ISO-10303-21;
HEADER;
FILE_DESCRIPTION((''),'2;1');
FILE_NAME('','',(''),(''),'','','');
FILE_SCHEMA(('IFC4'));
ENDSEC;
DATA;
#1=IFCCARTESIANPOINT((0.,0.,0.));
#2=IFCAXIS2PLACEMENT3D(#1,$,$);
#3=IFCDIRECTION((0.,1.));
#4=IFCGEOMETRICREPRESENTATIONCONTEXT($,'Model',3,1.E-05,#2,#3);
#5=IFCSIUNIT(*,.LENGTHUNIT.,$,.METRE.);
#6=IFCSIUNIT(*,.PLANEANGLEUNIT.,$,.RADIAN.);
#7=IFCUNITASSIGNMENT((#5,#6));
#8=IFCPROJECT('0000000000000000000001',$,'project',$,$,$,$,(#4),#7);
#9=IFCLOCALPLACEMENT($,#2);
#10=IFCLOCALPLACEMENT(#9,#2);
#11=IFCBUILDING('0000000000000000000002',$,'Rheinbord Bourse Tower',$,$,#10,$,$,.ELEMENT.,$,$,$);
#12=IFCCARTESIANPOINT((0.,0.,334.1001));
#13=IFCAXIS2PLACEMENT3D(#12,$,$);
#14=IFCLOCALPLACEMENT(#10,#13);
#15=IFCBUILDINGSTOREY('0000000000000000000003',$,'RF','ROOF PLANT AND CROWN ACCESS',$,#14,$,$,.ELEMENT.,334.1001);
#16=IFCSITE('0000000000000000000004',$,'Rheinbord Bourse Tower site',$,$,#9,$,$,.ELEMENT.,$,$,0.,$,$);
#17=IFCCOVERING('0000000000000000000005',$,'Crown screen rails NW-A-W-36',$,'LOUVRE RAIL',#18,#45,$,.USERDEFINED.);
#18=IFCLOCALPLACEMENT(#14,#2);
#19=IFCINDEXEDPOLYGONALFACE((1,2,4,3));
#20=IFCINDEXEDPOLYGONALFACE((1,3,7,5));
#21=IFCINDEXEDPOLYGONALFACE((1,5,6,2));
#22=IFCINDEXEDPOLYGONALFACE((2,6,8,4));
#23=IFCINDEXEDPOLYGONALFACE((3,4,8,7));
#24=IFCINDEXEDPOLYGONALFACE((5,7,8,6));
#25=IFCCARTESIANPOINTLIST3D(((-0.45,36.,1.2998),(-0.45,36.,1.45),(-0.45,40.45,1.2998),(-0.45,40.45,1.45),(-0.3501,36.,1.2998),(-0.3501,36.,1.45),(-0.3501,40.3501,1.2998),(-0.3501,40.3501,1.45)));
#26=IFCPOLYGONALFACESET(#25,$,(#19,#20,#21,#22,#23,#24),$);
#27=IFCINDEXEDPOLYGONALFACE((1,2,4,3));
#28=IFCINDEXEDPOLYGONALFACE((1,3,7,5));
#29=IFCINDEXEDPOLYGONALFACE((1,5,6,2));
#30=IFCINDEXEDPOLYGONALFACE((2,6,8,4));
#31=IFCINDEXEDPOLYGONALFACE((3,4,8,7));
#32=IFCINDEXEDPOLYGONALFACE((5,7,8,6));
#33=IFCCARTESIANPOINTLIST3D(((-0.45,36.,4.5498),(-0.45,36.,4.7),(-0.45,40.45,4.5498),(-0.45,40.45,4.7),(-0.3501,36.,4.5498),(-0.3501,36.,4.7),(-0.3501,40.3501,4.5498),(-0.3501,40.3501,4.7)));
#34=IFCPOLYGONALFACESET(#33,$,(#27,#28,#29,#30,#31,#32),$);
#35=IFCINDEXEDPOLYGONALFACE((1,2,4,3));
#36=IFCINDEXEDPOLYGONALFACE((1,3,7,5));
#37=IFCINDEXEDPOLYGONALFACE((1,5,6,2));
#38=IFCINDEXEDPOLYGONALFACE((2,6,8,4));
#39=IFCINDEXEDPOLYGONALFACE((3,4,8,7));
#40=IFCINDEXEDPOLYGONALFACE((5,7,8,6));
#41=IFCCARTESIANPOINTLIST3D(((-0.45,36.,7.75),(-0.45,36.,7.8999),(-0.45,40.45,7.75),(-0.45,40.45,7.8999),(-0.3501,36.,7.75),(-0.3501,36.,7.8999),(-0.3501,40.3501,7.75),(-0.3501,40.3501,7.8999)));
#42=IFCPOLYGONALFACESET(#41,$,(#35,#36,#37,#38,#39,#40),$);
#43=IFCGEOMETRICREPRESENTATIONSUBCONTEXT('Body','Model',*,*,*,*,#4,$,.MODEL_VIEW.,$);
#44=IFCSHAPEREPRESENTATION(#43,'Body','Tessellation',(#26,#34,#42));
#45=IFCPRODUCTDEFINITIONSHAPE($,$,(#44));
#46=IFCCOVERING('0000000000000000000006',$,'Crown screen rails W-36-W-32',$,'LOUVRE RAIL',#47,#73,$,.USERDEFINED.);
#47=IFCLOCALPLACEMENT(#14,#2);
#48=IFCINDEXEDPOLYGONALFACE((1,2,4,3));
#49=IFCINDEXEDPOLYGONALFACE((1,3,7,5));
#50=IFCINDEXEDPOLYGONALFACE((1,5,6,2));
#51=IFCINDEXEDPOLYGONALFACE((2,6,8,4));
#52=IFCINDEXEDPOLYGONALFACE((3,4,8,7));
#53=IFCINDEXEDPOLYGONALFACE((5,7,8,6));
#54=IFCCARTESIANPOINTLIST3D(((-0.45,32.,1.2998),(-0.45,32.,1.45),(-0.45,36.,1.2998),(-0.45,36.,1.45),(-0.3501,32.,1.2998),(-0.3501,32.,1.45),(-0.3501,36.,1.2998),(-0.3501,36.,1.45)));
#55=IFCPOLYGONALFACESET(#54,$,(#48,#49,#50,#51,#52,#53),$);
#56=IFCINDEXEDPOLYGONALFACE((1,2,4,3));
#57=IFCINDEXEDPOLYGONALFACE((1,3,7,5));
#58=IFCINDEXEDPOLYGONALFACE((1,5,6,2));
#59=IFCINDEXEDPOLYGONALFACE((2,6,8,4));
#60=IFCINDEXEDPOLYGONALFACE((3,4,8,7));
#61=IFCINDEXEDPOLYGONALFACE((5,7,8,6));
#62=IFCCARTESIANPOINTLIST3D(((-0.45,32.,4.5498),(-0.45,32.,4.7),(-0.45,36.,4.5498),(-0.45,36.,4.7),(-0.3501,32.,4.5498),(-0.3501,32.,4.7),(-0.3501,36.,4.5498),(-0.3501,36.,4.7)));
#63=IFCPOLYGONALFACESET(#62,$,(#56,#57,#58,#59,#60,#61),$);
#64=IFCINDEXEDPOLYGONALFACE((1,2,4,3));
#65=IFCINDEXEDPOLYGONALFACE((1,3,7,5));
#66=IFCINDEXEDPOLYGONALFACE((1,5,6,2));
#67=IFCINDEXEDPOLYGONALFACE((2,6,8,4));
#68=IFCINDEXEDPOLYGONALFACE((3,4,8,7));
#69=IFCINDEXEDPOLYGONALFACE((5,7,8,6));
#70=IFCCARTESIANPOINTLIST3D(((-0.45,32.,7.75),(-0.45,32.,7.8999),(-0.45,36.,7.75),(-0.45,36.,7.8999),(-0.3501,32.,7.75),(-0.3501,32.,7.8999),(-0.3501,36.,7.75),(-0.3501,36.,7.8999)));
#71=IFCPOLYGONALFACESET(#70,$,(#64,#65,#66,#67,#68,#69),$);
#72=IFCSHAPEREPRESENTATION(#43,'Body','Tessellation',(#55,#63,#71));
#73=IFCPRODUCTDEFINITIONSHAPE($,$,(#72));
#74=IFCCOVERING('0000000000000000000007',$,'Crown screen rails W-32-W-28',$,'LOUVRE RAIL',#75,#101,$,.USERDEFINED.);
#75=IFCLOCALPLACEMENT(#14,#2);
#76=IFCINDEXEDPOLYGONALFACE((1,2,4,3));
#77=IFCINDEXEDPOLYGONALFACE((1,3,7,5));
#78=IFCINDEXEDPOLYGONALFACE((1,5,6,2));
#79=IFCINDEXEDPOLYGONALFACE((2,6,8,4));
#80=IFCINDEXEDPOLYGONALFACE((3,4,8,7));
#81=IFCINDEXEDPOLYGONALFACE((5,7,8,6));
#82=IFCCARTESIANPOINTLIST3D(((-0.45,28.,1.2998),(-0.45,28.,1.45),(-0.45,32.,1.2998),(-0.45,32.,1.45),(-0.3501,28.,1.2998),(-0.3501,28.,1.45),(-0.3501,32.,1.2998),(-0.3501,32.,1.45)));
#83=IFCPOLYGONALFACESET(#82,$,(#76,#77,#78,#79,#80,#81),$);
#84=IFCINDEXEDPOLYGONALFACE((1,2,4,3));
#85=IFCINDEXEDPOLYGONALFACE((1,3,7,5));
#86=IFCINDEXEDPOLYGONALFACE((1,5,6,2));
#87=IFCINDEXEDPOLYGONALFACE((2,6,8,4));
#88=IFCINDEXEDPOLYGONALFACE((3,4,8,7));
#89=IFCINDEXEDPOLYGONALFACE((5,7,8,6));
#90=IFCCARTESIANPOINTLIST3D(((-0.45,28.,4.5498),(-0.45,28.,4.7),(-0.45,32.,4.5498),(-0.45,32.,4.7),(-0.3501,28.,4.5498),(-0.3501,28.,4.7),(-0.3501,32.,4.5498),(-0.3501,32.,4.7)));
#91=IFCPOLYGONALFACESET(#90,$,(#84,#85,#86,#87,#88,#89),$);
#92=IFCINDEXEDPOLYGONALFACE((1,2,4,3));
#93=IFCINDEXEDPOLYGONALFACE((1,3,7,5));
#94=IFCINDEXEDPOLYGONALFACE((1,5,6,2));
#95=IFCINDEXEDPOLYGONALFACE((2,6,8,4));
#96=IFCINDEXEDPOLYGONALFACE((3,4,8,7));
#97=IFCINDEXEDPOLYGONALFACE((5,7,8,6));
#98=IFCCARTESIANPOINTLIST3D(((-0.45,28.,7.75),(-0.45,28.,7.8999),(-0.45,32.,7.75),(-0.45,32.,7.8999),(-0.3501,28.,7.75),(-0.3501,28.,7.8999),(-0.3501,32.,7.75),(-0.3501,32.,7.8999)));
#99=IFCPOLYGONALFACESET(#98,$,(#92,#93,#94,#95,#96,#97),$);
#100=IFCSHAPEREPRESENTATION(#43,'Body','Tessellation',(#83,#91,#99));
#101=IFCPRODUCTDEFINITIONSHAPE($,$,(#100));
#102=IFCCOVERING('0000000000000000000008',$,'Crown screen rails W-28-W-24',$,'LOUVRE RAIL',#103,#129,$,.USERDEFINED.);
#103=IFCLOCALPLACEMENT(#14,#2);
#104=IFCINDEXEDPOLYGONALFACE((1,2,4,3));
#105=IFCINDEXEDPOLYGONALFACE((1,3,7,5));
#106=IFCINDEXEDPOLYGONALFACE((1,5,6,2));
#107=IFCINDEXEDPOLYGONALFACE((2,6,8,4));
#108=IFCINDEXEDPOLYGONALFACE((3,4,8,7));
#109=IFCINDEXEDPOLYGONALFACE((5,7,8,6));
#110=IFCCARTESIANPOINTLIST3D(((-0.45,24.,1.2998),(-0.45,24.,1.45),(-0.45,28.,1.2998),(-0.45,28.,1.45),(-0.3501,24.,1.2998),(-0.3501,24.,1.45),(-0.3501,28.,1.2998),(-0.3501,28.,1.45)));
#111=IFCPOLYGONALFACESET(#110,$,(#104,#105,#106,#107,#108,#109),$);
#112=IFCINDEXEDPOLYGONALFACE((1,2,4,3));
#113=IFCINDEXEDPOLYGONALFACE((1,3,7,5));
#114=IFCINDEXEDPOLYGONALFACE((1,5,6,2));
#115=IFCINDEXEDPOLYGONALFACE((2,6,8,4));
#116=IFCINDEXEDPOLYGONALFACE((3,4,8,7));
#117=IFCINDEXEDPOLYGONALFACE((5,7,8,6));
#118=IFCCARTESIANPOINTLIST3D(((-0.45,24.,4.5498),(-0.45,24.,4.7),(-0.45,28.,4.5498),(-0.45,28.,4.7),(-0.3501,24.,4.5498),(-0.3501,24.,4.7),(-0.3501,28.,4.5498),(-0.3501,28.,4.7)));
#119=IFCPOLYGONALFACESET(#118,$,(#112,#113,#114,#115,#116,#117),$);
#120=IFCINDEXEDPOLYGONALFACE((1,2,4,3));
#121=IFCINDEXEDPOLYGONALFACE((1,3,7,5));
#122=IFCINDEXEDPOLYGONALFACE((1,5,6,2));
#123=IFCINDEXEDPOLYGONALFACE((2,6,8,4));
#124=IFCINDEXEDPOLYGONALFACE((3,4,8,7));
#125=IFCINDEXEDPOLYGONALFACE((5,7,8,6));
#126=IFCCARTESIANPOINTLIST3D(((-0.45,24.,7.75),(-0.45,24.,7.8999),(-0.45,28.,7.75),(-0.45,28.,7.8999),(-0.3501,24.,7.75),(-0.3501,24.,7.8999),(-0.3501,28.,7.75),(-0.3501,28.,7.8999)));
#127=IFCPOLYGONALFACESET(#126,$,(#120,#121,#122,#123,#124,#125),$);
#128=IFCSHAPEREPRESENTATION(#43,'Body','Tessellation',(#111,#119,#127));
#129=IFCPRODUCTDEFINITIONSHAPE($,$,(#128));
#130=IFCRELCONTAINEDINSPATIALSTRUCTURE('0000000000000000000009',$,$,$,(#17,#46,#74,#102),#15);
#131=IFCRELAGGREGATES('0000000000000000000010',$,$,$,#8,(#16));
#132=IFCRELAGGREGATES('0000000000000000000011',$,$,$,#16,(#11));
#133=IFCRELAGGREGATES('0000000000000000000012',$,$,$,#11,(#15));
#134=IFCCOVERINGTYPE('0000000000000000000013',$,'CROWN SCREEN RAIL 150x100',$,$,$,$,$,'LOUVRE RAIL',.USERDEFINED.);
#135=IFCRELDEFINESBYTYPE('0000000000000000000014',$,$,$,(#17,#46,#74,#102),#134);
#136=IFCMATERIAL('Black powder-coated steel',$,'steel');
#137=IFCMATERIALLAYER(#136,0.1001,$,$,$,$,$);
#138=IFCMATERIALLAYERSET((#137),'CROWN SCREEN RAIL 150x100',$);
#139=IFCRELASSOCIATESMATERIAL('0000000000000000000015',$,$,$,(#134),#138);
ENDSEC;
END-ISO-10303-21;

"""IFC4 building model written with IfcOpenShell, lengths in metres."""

from ifc_helpers import new_model, si_unit, direction, frame, origin, place, context, subcontext, project, spatial, polyline, outline, extrude, material, layer, layer_set, type_object, element, save


model = new_model("IFC4")

# Units and contexts
model_context = context("Model", 3, precision=1e-05, world=origin(), true_north=direction((0.0, 1.0)))
body_context = subcontext(model_context, "Body", "Model", "MODEL_VIEW")
ifc_project = project(units=[si_unit("LENGTHUNIT", "METRE"), si_unit("PLANEANGLEUNIT", "RADIAN")], contexts=[model_context])

# Site, building, storey
site_placement = place(None, origin())
site = spatial("IfcSite", under=ifc_project, at=site_placement, Name="Rheinbord Bourse Tower site", CompositionType="ELEMENT", RefElevation=0.0)
building_placement = place(site_placement, origin())
building = spatial("IfcBuilding", under=site, at=building_placement, Name="Rheinbord Bourse Tower", CompositionType="ELEMENT")
storey_placement = place(building_placement, frame((0.0, 0.0, 334.1001)))
storey = spatial("IfcBuildingStorey", under=building, at=storey_placement, Name="RF", Description="ROOF PLANT AND CROWN ACCESS", CompositionType="ELEMENT", Elevation=334.1001)

# Coverings
ifc_material_1 = material(Name="Black powder-coated steel", Category="steel")
ifc_layer_1 = layer(ifc_material_1, 0.1001)
ifc_layer_set_1 = layer_set([ifc_layer_1], Name="CROWN SCREEN RAIL 150x100")
covering_type_1 = type_object("IfcCoveringType", Name="CROWN SCREEN RAIL 150x100", ElementType="LOUVRE RAIL", PredefinedType="USERDEFINED", material=ifc_layer_set_1)
covering_1_placement = place(storey_placement, frame((0.0, 0.0, 1.2998)))
element("IfcCovering", 1, at=covering_1_placement, inside=storey, type_object=covering_type_1, Name="Crown screen rails NW-A-W-36", ObjectType="LOUVRE RAIL", PredefinedType="USERDEFINED", context=body_context, shape_type="SweptSolid", body=[
    extrude(outline(polyline([(-0.3501, 40.3501), (-0.3501, 36.0), (-0.45, 36.0), (-0.45, 40.45), (-0.3501, 40.3501)])), origin(), (0.0, 0.0, 1.0), 0.1501),
    extrude(outline(polyline([(-0.3501, 40.3501), (-0.3501, 36.0), (-0.45, 36.0), (-0.45, 40.45), (-0.3501, 40.3501)])), frame((0.0, 0.0, 3.25)), (0.0, 0.0, 1.0), 0.1501),
    extrude(outline(polyline([(-0.3501, 40.3501), (-0.3501, 36.0), (-0.45, 36.0), (-0.45, 40.45), (-0.3501, 40.3501)])), frame((0.0, 0.0, 6.4502)), (0.0, 0.0, 1.0), 0.1499),
])
covering_2_placement = place(storey_placement, frame((0.0, 0.0, 1.2998)))
element("IfcCovering", 2, at=covering_2_placement, inside=storey, type_object=covering_type_1, Name="Crown screen rails W-36-W-32", ObjectType="LOUVRE RAIL", PredefinedType="USERDEFINED", context=body_context, shape_type="SweptSolid", body=[
    extrude(outline(polyline([(-0.3501, 36.0), (-0.3501, 32.0), (-0.45, 32.0), (-0.45, 36.0), (-0.3501, 36.0)])), origin(), (0.0, 0.0, 1.0), 0.1501),
    extrude(outline(polyline([(-0.3501, 36.0), (-0.3501, 32.0), (-0.45, 32.0), (-0.45, 36.0), (-0.3501, 36.0)])), frame((0.0, 0.0, 3.25)), (0.0, 0.0, 1.0), 0.1501),
    extrude(outline(polyline([(-0.3501, 36.0), (-0.3501, 32.0), (-0.45, 32.0), (-0.45, 36.0), (-0.3501, 36.0)])), frame((0.0, 0.0, 6.4502)), (0.0, 0.0, 1.0), 0.1499),
])
covering_3_placement = place(storey_placement, frame((0.0, 0.0, 1.2998)))
element("IfcCovering", 3, at=covering_3_placement, inside=storey, type_object=covering_type_1, Name="Crown screen rails W-32-W-28", ObjectType="LOUVRE RAIL", PredefinedType="USERDEFINED", context=body_context, shape_type="SweptSolid", body=[
    extrude(outline(polyline([(-0.3501, 32.0), (-0.3501, 28.0), (-0.45, 28.0), (-0.45, 32.0), (-0.3501, 32.0)])), origin(), (0.0, 0.0, 1.0), 0.1501),
    extrude(outline(polyline([(-0.3501, 32.0), (-0.3501, 28.0), (-0.45, 28.0), (-0.45, 32.0), (-0.3501, 32.0)])), frame((0.0, 0.0, 3.25)), (0.0, 0.0, 1.0), 0.1501),
    extrude(outline(polyline([(-0.3501, 32.0), (-0.3501, 28.0), (-0.45, 28.0), (-0.45, 32.0), (-0.3501, 32.0)])), frame((0.0, 0.0, 6.4502)), (0.0, 0.0, 1.0), 0.1499),
])
covering_4_placement = place(storey_placement, frame((0.0, 0.0, 1.2998)))
element("IfcCovering", 4, at=covering_4_placement, inside=storey, type_object=covering_type_1, Name="Crown screen rails W-28-W-24", ObjectType="LOUVRE RAIL", PredefinedType="USERDEFINED", context=body_context, shape_type="SweptSolid", body=[
    extrude(outline(polyline([(-0.3501, 28.0), (-0.3501, 24.0), (-0.45, 24.0), (-0.45, 28.0), (-0.3501, 28.0)])), origin(), (0.0, 0.0, 1.0), 0.1501),
    extrude(outline(polyline([(-0.3501, 28.0), (-0.3501, 24.0), (-0.45, 24.0), (-0.45, 28.0), (-0.3501, 28.0)])), frame((0.0, 0.0, 3.25)), (0.0, 0.0, 1.0), 0.1501),
    extrude(outline(polyline([(-0.3501, 28.0), (-0.3501, 24.0), (-0.45, 24.0), (-0.45, 28.0), (-0.3501, 28.0)])), frame((0.0, 0.0, 6.4502)), (0.0, 0.0, 1.0), 0.1499),
])

save(model, "model.ifc")
